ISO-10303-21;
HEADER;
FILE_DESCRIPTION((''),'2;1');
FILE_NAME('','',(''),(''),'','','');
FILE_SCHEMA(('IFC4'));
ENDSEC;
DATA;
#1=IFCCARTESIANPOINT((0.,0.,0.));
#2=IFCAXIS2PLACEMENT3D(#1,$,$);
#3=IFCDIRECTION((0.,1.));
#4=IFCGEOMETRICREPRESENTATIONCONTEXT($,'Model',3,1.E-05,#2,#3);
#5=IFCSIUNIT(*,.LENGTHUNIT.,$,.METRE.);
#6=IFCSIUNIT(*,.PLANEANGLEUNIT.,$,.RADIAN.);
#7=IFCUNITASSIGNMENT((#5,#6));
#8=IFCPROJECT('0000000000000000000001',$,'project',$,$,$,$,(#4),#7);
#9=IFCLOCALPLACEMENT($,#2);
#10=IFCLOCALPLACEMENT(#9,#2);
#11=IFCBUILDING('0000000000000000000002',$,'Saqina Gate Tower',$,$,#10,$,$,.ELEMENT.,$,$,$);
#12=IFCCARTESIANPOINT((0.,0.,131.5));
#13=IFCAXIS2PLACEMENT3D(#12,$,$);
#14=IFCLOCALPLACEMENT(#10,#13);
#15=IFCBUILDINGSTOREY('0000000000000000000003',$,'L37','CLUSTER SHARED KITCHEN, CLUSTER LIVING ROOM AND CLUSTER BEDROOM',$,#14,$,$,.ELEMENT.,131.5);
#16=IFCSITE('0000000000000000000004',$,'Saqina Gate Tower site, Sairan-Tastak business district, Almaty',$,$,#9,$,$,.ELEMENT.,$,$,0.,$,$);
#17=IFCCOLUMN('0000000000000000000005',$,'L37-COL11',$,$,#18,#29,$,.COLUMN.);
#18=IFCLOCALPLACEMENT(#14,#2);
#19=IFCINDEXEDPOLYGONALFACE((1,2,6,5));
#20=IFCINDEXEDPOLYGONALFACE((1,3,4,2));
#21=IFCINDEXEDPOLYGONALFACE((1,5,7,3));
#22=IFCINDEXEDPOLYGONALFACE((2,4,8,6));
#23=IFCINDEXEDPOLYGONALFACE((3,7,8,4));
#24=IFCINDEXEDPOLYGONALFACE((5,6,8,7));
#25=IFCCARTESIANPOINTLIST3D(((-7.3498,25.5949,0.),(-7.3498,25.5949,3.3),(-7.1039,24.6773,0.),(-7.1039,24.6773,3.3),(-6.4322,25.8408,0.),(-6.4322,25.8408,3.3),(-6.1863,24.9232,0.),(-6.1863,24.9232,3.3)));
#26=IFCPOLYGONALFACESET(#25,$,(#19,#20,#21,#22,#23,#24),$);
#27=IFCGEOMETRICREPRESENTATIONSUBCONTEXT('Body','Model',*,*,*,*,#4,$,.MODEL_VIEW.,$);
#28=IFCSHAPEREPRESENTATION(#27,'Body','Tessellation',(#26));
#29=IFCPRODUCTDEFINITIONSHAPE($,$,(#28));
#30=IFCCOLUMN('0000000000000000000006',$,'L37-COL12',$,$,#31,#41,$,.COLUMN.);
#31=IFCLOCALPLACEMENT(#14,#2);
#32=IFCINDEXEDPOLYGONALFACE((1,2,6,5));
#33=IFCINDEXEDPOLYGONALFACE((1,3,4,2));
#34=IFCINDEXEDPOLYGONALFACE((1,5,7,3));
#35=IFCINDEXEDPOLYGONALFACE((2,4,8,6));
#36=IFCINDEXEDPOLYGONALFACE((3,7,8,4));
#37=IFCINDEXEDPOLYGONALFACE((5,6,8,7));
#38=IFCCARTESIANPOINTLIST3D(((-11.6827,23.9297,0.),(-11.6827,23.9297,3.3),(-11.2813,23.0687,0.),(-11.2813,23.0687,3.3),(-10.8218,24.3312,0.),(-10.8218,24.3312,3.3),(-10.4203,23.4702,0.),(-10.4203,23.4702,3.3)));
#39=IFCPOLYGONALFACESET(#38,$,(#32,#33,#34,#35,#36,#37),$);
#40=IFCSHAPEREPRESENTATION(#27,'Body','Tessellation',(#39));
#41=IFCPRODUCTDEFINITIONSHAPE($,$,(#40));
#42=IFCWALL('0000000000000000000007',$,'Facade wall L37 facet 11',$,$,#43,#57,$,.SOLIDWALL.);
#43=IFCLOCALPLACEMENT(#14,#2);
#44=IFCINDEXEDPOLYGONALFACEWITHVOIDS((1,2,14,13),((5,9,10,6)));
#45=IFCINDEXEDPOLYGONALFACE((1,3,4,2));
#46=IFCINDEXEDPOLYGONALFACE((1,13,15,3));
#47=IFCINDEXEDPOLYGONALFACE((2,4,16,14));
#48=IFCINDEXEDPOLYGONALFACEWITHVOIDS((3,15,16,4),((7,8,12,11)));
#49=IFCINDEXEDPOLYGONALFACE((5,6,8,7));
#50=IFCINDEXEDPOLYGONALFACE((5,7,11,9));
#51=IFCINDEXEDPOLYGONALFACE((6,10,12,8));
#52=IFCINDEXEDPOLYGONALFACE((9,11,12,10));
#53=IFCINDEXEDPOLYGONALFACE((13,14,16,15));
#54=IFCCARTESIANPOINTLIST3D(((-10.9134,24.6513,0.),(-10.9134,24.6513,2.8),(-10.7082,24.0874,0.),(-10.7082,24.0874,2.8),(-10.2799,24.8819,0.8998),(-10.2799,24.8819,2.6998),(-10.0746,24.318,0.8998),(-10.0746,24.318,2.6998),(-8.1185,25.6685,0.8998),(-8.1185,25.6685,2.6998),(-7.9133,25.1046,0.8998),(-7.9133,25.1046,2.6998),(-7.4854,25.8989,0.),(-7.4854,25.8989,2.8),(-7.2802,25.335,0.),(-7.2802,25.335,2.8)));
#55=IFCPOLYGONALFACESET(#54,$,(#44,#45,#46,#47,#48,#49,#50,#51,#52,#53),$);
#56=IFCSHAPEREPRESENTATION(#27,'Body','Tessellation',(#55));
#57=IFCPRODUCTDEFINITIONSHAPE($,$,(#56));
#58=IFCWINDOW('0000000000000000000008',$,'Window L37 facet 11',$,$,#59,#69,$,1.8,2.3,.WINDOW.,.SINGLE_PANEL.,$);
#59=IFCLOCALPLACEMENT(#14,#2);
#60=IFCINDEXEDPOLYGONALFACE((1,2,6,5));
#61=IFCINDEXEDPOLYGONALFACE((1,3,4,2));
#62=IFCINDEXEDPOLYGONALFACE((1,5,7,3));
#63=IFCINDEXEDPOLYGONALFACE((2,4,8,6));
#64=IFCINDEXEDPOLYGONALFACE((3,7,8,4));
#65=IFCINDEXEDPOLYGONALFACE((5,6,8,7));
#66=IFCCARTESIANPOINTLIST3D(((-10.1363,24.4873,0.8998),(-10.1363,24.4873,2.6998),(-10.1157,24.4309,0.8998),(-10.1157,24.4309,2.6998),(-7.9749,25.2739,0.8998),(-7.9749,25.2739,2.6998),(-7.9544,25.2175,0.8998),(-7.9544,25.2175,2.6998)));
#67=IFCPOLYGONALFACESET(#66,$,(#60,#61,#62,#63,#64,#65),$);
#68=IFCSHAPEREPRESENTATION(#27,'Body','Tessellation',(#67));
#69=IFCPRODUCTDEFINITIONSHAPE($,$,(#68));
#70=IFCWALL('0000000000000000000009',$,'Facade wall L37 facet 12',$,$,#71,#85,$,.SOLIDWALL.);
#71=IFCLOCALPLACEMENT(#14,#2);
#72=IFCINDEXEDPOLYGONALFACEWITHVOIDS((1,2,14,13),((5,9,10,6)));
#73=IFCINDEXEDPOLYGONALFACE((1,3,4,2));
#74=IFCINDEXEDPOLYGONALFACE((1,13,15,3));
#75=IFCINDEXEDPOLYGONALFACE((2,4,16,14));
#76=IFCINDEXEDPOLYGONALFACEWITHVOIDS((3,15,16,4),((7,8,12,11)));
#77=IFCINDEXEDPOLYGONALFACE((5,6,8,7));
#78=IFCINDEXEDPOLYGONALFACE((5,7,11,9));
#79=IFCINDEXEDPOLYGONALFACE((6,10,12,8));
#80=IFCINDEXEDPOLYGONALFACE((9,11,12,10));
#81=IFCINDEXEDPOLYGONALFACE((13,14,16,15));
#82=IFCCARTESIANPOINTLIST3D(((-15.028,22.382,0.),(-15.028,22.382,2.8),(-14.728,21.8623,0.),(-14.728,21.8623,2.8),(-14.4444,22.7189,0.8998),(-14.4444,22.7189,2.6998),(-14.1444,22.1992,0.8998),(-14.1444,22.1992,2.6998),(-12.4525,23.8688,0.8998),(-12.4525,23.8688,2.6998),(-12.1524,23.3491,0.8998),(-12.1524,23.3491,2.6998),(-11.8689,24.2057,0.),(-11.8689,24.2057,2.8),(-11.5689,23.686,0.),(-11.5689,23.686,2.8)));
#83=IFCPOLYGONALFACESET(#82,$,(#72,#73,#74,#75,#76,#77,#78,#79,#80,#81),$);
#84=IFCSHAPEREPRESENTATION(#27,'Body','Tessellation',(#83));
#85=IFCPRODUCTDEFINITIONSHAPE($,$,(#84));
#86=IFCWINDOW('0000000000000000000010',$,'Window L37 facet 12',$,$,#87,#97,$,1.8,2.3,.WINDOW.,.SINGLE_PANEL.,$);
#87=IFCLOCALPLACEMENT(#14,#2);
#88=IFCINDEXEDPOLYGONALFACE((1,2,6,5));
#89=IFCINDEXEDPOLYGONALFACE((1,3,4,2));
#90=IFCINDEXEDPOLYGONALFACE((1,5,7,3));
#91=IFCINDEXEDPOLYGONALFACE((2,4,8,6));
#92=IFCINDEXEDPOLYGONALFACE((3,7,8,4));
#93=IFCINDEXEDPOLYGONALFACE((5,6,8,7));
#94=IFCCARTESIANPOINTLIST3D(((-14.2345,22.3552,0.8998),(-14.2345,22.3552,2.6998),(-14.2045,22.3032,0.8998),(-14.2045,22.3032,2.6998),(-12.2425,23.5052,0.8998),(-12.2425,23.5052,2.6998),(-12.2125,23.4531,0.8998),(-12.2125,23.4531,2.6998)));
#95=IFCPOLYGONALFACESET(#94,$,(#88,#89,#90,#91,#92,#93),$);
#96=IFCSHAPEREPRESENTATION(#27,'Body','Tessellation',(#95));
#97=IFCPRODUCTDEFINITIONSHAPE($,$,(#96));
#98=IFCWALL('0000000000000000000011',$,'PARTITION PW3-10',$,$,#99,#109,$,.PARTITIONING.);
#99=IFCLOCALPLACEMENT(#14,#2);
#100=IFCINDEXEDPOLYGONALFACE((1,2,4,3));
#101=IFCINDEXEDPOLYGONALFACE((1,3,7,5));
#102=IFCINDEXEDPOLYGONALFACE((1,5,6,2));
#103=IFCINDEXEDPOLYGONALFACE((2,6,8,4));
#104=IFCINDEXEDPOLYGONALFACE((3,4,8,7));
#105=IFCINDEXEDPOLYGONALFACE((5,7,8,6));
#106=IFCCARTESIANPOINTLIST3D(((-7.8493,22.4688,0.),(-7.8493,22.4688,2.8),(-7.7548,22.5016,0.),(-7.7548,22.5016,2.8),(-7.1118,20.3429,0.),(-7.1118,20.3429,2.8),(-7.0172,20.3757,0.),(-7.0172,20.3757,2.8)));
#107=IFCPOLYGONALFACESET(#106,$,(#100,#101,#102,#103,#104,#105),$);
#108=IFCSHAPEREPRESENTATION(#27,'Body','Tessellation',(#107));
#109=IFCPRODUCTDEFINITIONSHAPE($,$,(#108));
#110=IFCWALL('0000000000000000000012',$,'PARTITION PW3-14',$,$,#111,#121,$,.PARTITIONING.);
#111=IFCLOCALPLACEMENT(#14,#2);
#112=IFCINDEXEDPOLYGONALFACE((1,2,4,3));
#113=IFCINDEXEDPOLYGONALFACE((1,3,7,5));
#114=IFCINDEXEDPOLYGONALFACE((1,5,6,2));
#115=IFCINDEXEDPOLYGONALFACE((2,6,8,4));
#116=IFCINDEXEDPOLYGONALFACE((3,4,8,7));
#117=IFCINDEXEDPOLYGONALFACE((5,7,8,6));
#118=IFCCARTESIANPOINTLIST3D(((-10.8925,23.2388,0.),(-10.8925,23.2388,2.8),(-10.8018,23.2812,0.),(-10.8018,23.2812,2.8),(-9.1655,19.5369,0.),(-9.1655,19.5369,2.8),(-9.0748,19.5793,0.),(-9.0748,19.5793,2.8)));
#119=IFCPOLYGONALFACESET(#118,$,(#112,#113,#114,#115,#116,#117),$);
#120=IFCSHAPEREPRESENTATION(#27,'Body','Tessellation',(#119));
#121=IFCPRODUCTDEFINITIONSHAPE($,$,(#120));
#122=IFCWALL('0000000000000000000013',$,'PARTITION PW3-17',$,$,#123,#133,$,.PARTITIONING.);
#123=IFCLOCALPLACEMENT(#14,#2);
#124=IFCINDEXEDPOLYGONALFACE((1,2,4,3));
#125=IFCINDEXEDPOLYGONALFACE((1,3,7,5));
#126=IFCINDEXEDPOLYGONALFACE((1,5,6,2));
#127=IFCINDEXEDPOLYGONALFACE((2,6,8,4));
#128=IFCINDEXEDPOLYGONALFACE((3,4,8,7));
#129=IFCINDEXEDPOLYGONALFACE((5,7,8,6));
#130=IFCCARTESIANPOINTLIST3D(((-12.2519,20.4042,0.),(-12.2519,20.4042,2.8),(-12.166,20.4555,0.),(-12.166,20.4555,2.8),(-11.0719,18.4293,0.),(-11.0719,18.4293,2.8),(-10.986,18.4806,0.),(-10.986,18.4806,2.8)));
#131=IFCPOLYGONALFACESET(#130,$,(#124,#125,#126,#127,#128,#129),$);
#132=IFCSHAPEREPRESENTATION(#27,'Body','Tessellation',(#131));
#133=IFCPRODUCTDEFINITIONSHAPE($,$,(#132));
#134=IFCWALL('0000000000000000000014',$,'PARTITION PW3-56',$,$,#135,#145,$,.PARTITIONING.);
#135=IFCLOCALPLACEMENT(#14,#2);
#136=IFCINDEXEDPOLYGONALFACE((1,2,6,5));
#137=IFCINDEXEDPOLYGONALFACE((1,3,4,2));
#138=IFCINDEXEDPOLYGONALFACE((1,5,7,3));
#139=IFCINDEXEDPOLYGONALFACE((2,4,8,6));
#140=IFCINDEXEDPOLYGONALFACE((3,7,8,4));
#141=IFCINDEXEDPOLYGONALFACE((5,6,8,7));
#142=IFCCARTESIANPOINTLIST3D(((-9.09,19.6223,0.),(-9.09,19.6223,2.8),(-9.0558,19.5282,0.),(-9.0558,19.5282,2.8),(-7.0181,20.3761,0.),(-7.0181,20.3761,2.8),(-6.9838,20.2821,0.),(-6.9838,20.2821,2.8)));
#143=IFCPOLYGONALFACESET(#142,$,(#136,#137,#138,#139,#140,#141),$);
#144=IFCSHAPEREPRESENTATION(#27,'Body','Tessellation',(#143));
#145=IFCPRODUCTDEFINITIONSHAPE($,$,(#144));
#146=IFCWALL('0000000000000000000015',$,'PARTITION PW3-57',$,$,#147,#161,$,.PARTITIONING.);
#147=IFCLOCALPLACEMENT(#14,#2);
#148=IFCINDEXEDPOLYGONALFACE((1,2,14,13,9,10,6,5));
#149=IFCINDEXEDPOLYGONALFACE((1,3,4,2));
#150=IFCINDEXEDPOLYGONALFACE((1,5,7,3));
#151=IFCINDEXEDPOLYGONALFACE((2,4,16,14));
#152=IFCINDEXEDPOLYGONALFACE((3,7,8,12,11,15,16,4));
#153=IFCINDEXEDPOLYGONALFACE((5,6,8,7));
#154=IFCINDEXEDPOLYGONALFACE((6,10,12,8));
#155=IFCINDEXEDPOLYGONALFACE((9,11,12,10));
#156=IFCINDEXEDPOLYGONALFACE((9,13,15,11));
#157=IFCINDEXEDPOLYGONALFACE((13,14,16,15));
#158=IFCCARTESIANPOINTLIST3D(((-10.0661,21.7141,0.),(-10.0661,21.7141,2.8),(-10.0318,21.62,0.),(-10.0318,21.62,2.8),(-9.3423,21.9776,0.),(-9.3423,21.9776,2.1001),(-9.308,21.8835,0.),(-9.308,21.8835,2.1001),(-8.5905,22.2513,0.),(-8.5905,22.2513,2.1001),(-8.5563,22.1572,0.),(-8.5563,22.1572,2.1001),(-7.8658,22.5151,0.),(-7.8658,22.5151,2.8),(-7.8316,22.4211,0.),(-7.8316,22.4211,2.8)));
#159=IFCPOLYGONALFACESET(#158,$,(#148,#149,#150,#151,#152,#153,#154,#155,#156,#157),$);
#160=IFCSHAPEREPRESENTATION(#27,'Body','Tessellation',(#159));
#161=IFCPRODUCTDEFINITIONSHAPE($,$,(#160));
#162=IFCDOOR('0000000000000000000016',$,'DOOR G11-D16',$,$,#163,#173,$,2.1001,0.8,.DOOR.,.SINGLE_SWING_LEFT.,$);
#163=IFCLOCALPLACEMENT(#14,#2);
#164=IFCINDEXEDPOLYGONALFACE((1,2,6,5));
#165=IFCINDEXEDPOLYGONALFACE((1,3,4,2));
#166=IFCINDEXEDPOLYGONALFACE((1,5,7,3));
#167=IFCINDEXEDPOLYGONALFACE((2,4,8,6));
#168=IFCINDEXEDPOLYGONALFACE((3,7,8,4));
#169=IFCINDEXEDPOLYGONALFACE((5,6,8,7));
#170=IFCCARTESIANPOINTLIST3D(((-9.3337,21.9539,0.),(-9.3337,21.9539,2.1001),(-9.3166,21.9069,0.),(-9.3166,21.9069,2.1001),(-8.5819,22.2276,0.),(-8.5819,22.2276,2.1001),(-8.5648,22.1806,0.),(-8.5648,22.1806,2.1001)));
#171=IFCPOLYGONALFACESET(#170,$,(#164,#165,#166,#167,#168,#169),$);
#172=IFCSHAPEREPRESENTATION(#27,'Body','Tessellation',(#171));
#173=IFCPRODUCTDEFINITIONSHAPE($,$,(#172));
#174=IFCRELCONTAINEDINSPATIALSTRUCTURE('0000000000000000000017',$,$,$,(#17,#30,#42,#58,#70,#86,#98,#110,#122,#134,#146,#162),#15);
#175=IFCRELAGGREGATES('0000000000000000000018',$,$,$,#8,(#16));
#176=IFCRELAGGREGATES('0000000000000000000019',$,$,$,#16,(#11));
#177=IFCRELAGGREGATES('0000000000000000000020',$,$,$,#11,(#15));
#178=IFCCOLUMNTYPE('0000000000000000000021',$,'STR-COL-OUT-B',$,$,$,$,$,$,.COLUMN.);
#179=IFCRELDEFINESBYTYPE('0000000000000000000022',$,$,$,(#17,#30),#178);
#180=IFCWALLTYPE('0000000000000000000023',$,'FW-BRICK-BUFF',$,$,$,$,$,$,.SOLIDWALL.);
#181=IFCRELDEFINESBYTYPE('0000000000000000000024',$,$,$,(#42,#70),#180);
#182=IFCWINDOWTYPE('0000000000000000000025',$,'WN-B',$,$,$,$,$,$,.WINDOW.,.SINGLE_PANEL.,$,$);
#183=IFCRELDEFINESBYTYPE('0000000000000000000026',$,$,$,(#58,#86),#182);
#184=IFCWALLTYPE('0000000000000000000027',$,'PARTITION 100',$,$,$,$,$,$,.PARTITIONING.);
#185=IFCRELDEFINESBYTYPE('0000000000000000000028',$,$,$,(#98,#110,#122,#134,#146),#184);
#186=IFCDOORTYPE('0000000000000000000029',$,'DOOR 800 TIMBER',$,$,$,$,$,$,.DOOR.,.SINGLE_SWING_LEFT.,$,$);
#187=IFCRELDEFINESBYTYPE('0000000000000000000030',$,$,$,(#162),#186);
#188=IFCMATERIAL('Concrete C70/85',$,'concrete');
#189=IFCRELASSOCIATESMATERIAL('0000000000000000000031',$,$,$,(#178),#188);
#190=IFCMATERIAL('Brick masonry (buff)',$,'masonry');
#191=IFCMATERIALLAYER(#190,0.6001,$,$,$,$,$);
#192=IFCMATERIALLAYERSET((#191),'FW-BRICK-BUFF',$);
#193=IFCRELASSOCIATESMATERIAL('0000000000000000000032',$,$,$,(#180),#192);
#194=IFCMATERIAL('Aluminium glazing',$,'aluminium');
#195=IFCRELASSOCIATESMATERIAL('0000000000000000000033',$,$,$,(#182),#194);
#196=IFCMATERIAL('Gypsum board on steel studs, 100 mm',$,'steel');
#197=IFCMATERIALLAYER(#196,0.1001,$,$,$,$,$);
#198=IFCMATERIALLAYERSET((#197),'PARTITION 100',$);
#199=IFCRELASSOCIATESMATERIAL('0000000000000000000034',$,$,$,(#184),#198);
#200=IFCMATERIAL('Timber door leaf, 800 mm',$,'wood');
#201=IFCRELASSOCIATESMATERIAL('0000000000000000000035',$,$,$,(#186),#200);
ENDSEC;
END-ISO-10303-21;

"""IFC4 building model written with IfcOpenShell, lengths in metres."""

from ifc_helpers import new_model, si_unit, direction, frame, frame_2d, origin, origin_2d, place, context, subcontext, project, spatial, rectangle, extrude, material, layer, layer_set, material_profile, profile_set, type_object, element, fill, save


model = new_model("IFC4")

# Units and contexts
model_context = context("Model", 3, precision=1e-05, world=origin(), true_north=direction((0.0, 1.0)))
body_context = subcontext(model_context, "Body", "Model", "MODEL_VIEW")
ifc_project = project(units=[si_unit("LENGTHUNIT", "METRE"), si_unit("PLANEANGLEUNIT", "RADIAN")], contexts=[model_context])

# Site, building, storey
site_placement = place(None, origin())
site = spatial("IfcSite", under=ifc_project, at=site_placement, Name="Saqina Gate Tower site, Sairan-Tastak business district, Almaty", CompositionType="ELEMENT", RefElevation=0.0)
building_placement = place(site_placement, origin())
building = spatial("IfcBuilding", under=site, at=building_placement, Name="Saqina Gate Tower", CompositionType="ELEMENT")
storey_placement = place(building_placement, frame((0.0, 0.0, 131.5)))
storey = spatial("IfcBuildingStorey", under=building, at=storey_placement, Name="L37", Description="CLUSTER SHARED KITCHEN, CLUSTER LIVING ROOM AND CLUSTER BEDROOM", CompositionType="ELEMENT", Elevation=131.5)

# Columns
ifc_material_1 = material(Name="Concrete C70/85", Category="concrete")
ifc_material_profile = material_profile(ifc_material_1, rectangle(XDim=0.95, YDim=0.95, at=origin_2d()), Name="RC 950x950")
ifc_profile_set = profile_set([ifc_material_profile], Name="Concrete C70/85")
column_type = type_object("IfcColumnType", Name="STR-COL-OUT-B", PredefinedType="COLUMN", material=ifc_profile_set)
for number, where, z_axis, x_axis, name in (
    (1, (-6.7681, 25.259, 0.0), (0.0, 0.0, 1.0), (-0.258819, 0.965926, 0.0), "L37-COL11"),
    (2, (-11.0515, 23.7, 0.0), (0.0, 0.0, 1.0), (-0.422618, 0.906308, 0.0), "L37-COL12"),
):
    element("IfcColumn", number, at=place(storey_placement, frame(where, z_axis=z_axis, x_axis=x_axis)), inside=storey, type_object=column_type, Name=name, PredefinedType="COLUMN", context=body_context, shape_type="SweptSolid", body=[
        extrude(rectangle(XDim=0.95, YDim=0.95, at=origin_2d()), origin(), (0.0, 0.0, 1.0), 3.3),
    ])

# Walls, openings, windows
ifc_material_2 = material(Name="Brick masonry (buff)", Category="masonry")
ifc_layer_1 = layer(ifc_material_2, 0.6001)
ifc_layer_set_1 = layer_set([ifc_layer_1], Name="FW-BRICK-BUFF")
wall_type_1 = type_object("IfcWallType", Name="FW-BRICK-BUFF", PredefinedType="SOLIDWALL", material=ifc_layer_set_1)
wall_1_placement = place(storey_placement, frame((-7.3828, 25.6169, 0.0), z_axis=(0.0, 0.0, 1.0), x_axis=(-0.939704, -0.34199, 0.0)))
wall_1 = element("IfcWall", 3, at=wall_1_placement, inside=storey, type_object=wall_type_1, Name="Facade wall L37 facet 11", PredefinedType="SOLIDWALL", context=body_context, shape_type="SweptSolid", body=[
    extrude(rectangle(XDim=3.6479, YDim=0.6001, at=frame_2d((1.824, 0.0))), origin(), (0.0, 0.0, 1.0), 2.8),
])
opening_1_placement = place(wall_1_placement, frame((0.6738, 0.0, 0.8999)))
opening_1 = element("IfcOpeningElement", 4, at=opening_1_placement, cuts=wall_1, PredefinedType="OPENING", context=body_context, shape_type="SweptSolid", body=[
    extrude(rectangle(XDim=2.3, YDim=1.8, at=frame_2d((1.1499, 0.8999))), frame((0.0, 0.312, 0.0), z_axis=(0.0, -1.0, 0.0), x_axis=(1.0, 0.0, 0.0)), (0.0, 0.0, 1.0), 0.624),
])
ifc_material_3 = material(Name="Aluminium glazing", Category="aluminium")
window_type = type_object("IfcWindowType", Name="WN-B", PartitioningType="SINGLE_PANEL", PredefinedType="WINDOW", material=ifc_material_3)
window_1_placement = place(opening_1_placement, origin())
window_1 = element("IfcWindow", 5, at=window_1_placement, inside=storey, type_object=window_type, Name="Window L37 facet 11", OverallHeight=1.8, OverallWidth=2.3, PartitioningType="SINGLE_PANEL", PredefinedType="WINDOW", context=body_context, shape_type="SweptSolid", body=[
    extrude(rectangle(XDim=2.3, YDim=1.8, at=frame_2d((1.1499, 0.8999))), frame((0.0, 0.1799, 0.0), z_axis=(0.0, -1.0, 0.0), x_axis=(1.0, 0.0, 0.0)), (0.0, 0.0, 1.0), 0.0601),
])
fill(opening_1, window_1)
wall_2_placement = place(storey_placement, frame((-11.719, 23.9458, 0.0), z_axis=(0.0, 0.0, 1.0), x_axis=(-0.866052, -0.499954, 0.0)))
wall_2 = element("IfcWall", 6, at=wall_2_placement, inside=storey, type_object=wall_type_1, Name="Facade wall L37 facet 12", PredefinedType="SOLIDWALL", context=body_context, shape_type="SweptSolid", body=[
    extrude(rectangle(XDim=3.6477, YDim=0.6001, at=frame_2d((1.8237, 0.0))), origin(), (0.0, 0.0, 1.0), 2.8),
])
opening_2_placement = place(wall_2_placement, frame((0.6738, 0.0, 0.8999)))
opening_2 = element("IfcOpeningElement", 7, at=opening_2_placement, cuts=wall_2, PredefinedType="OPENING", context=body_context, shape_type="SweptSolid", body=[
    extrude(rectangle(XDim=2.3, YDim=1.8, at=frame_2d((1.1499, 0.8999))), frame((0.0, 0.312, 0.0), z_axis=(0.0, -1.0, 0.0), x_axis=(1.0, 0.0, 0.0)), (0.0, 0.0, 1.0), 0.624),
])
window_2_placement = place(opening_2_placement, origin())
window_2 = element("IfcWindow", 8, at=window_2_placement, inside=storey, type_object=window_type, Name="Window L37 facet 12", OverallHeight=1.8, OverallWidth=2.3, PartitioningType="SINGLE_PANEL", PredefinedType="WINDOW", context=body_context, shape_type="SweptSolid", body=[
    extrude(rectangle(XDim=2.3, YDim=1.8, at=frame_2d((1.1499, 0.8999))), frame((0.0, 0.1799, 0.0), z_axis=(0.0, -1.0, 0.0), x_axis=(1.0, 0.0, 0.0)), (0.0, 0.0, 1.0), 0.0601),
])
fill(opening_2, window_2)

# Walls
ifc_material_4 = material(Name="Gypsum board on steel studs, 100 mm", Category="steel")
ifc_layer_2 = layer(ifc_material_4, 0.1001)
ifc_layer_set_2 = layer_set([ifc_layer_2], Name="PARTITION 100")
wall_type_2 = type_object("IfcWallType", Name="PARTITION 100", PredefinedType="PARTITIONING", material=ifc_layer_set_2)
wall_3_placement = place(storey_placement, frame((-7.802, 22.4851, 0.0), z_axis=(0.0, 0.0, 1.0), x_axis=(0.327759, -0.944761, 0.0)))
element("IfcWall", 9, at=wall_3_placement, inside=storey, type_object=wall_type_2, Name="PARTITION PW3-10", PredefinedType="PARTITIONING", context=body_context, shape_type="SweptSolid", body=[
    extrude(rectangle(XDim=2.2502, YDim=0.1001, at=frame_2d((1.125, 0.0))), origin(), (0.0, 0.0, 1.0), 2.8),
])
wall_4_placement = place(storey_placement, frame((-10.8472, 23.26, 0.0), z_axis=(0.0, 0.0, 1.0), x_axis=(0.422784, -0.90623, 0.0)))
element("IfcWall", 10, at=wall_4_placement, inside=storey, type_object=wall_type_2, Name="PARTITION PW3-14", PredefinedType="PARTITIONING", context=body_context, shape_type="SweptSolid", body=[
    extrude(rectangle(XDim=4.085, YDim=0.1001, at=frame_2d((2.0425, 0.0))), origin(), (0.0, 0.0, 1.0), 2.8),
])
wall_5_placement = place(storey_placement, frame((-12.209, 20.4299, 0.0), z_axis=(0.0, 0.0, 1.0), x_axis=(0.512903, -0.858447, 0.0)))
element("IfcWall", 11, at=wall_5_placement, inside=storey, type_object=wall_type_2, Name="PARTITION PW3-17", PredefinedType="PARTITIONING", context=body_context, shape_type="SweptSolid", body=[
    extrude(rectangle(XDim=2.3005, YDim=0.1001, at=frame_2d((1.1504, 0.0))), origin(), (0.0, 0.0, 1.0), 2.8),
])
wall_6_placement = place(storey_placement, frame((-9.073, 19.5752, 0.0), z_axis=(0.0, 0.0, 1.0), x_axis=(0.939729, 0.341921, 0.0)))
element("IfcWall", 12, at=wall_6_placement, inside=storey, type_object=wall_type_2, Name="PARTITION PW3-56", PredefinedType="PARTITIONING", context=body_context, shape_type="SweptSolid", body=[
    extrude(rectangle(XDim=2.2048, YDim=0.1001, at=frame_2d((1.1025, 0.0))), origin(), (0.0, 0.0, 1.0), 2.8),
])

# Wall, opening, door
wall_7_placement = place(storey_placement, frame((-10.0491, 21.667, 0.0), z_axis=(0.0, 0.0, 1.0), x_axis=(0.939662, 0.342103, 0.0)))
wall_7 = element("IfcWall", 13, at=wall_7_placement, inside=storey, type_object=wall_type_2, Name="PARTITION PW3-57", PredefinedType="PARTITIONING", context=body_context, shape_type="SweptSolid", body=[
    extrude(rectangle(XDim=2.3416, YDim=0.1001, at=frame_2d((1.1709, 0.0))), origin(), (0.0, 0.0, 1.0), 2.8),
])
opening_3_placement = place(wall_7_placement, frame((0.7705, 0.0, 0.0)))
opening_3 = element("IfcOpeningElement", 14, at=opening_3_placement, cuts=wall_7, PredefinedType="OPENING", context=body_context, shape_type="SweptSolid", body=[
    extrude(rectangle(XDim=0.8, YDim=2.1001, at=frame_2d((0.3999, 1.05))), frame((0.0, 0.062, 0.0), z_axis=(0.0, -1.0, 0.0), x_axis=(1.0, 0.0, 0.0)), (0.0, 0.0, 1.0), 0.124),
])
ifc_material_5 = material(Name="Timber door leaf, 800 mm", Category="wood")
door_type_1 = type_object("IfcDoorType", Name="DOOR 800 TIMBER", OperationType="SINGLE_SWING_LEFT", PredefinedType="DOOR", material=ifc_material_5)
door_1_placement = place(opening_3_placement, origin())
door_1 = element("IfcDoor", 15, at=door_1_placement, inside=storey, type_object=door_type_1, Name="DOOR G11-D16", OperationType="SINGLE_SWING_LEFT", OverallHeight=2.1001, OverallWidth=0.8, PredefinedType="DOOR", context=body_context, shape_type="SweptSolid", body=[
    extrude(rectangle(XDim=0.8, YDim=2.1001, at=frame_2d((0.3999, 1.05))), frame((0.0, 0.0249, 0.0), z_axis=(0.0, -1.0, 0.0), x_axis=(1.0, 0.0, 0.0)), (0.0, 0.0, 1.0), 0.05),
])
fill(opening_3, door_1)

save(model, "model.ifc")
